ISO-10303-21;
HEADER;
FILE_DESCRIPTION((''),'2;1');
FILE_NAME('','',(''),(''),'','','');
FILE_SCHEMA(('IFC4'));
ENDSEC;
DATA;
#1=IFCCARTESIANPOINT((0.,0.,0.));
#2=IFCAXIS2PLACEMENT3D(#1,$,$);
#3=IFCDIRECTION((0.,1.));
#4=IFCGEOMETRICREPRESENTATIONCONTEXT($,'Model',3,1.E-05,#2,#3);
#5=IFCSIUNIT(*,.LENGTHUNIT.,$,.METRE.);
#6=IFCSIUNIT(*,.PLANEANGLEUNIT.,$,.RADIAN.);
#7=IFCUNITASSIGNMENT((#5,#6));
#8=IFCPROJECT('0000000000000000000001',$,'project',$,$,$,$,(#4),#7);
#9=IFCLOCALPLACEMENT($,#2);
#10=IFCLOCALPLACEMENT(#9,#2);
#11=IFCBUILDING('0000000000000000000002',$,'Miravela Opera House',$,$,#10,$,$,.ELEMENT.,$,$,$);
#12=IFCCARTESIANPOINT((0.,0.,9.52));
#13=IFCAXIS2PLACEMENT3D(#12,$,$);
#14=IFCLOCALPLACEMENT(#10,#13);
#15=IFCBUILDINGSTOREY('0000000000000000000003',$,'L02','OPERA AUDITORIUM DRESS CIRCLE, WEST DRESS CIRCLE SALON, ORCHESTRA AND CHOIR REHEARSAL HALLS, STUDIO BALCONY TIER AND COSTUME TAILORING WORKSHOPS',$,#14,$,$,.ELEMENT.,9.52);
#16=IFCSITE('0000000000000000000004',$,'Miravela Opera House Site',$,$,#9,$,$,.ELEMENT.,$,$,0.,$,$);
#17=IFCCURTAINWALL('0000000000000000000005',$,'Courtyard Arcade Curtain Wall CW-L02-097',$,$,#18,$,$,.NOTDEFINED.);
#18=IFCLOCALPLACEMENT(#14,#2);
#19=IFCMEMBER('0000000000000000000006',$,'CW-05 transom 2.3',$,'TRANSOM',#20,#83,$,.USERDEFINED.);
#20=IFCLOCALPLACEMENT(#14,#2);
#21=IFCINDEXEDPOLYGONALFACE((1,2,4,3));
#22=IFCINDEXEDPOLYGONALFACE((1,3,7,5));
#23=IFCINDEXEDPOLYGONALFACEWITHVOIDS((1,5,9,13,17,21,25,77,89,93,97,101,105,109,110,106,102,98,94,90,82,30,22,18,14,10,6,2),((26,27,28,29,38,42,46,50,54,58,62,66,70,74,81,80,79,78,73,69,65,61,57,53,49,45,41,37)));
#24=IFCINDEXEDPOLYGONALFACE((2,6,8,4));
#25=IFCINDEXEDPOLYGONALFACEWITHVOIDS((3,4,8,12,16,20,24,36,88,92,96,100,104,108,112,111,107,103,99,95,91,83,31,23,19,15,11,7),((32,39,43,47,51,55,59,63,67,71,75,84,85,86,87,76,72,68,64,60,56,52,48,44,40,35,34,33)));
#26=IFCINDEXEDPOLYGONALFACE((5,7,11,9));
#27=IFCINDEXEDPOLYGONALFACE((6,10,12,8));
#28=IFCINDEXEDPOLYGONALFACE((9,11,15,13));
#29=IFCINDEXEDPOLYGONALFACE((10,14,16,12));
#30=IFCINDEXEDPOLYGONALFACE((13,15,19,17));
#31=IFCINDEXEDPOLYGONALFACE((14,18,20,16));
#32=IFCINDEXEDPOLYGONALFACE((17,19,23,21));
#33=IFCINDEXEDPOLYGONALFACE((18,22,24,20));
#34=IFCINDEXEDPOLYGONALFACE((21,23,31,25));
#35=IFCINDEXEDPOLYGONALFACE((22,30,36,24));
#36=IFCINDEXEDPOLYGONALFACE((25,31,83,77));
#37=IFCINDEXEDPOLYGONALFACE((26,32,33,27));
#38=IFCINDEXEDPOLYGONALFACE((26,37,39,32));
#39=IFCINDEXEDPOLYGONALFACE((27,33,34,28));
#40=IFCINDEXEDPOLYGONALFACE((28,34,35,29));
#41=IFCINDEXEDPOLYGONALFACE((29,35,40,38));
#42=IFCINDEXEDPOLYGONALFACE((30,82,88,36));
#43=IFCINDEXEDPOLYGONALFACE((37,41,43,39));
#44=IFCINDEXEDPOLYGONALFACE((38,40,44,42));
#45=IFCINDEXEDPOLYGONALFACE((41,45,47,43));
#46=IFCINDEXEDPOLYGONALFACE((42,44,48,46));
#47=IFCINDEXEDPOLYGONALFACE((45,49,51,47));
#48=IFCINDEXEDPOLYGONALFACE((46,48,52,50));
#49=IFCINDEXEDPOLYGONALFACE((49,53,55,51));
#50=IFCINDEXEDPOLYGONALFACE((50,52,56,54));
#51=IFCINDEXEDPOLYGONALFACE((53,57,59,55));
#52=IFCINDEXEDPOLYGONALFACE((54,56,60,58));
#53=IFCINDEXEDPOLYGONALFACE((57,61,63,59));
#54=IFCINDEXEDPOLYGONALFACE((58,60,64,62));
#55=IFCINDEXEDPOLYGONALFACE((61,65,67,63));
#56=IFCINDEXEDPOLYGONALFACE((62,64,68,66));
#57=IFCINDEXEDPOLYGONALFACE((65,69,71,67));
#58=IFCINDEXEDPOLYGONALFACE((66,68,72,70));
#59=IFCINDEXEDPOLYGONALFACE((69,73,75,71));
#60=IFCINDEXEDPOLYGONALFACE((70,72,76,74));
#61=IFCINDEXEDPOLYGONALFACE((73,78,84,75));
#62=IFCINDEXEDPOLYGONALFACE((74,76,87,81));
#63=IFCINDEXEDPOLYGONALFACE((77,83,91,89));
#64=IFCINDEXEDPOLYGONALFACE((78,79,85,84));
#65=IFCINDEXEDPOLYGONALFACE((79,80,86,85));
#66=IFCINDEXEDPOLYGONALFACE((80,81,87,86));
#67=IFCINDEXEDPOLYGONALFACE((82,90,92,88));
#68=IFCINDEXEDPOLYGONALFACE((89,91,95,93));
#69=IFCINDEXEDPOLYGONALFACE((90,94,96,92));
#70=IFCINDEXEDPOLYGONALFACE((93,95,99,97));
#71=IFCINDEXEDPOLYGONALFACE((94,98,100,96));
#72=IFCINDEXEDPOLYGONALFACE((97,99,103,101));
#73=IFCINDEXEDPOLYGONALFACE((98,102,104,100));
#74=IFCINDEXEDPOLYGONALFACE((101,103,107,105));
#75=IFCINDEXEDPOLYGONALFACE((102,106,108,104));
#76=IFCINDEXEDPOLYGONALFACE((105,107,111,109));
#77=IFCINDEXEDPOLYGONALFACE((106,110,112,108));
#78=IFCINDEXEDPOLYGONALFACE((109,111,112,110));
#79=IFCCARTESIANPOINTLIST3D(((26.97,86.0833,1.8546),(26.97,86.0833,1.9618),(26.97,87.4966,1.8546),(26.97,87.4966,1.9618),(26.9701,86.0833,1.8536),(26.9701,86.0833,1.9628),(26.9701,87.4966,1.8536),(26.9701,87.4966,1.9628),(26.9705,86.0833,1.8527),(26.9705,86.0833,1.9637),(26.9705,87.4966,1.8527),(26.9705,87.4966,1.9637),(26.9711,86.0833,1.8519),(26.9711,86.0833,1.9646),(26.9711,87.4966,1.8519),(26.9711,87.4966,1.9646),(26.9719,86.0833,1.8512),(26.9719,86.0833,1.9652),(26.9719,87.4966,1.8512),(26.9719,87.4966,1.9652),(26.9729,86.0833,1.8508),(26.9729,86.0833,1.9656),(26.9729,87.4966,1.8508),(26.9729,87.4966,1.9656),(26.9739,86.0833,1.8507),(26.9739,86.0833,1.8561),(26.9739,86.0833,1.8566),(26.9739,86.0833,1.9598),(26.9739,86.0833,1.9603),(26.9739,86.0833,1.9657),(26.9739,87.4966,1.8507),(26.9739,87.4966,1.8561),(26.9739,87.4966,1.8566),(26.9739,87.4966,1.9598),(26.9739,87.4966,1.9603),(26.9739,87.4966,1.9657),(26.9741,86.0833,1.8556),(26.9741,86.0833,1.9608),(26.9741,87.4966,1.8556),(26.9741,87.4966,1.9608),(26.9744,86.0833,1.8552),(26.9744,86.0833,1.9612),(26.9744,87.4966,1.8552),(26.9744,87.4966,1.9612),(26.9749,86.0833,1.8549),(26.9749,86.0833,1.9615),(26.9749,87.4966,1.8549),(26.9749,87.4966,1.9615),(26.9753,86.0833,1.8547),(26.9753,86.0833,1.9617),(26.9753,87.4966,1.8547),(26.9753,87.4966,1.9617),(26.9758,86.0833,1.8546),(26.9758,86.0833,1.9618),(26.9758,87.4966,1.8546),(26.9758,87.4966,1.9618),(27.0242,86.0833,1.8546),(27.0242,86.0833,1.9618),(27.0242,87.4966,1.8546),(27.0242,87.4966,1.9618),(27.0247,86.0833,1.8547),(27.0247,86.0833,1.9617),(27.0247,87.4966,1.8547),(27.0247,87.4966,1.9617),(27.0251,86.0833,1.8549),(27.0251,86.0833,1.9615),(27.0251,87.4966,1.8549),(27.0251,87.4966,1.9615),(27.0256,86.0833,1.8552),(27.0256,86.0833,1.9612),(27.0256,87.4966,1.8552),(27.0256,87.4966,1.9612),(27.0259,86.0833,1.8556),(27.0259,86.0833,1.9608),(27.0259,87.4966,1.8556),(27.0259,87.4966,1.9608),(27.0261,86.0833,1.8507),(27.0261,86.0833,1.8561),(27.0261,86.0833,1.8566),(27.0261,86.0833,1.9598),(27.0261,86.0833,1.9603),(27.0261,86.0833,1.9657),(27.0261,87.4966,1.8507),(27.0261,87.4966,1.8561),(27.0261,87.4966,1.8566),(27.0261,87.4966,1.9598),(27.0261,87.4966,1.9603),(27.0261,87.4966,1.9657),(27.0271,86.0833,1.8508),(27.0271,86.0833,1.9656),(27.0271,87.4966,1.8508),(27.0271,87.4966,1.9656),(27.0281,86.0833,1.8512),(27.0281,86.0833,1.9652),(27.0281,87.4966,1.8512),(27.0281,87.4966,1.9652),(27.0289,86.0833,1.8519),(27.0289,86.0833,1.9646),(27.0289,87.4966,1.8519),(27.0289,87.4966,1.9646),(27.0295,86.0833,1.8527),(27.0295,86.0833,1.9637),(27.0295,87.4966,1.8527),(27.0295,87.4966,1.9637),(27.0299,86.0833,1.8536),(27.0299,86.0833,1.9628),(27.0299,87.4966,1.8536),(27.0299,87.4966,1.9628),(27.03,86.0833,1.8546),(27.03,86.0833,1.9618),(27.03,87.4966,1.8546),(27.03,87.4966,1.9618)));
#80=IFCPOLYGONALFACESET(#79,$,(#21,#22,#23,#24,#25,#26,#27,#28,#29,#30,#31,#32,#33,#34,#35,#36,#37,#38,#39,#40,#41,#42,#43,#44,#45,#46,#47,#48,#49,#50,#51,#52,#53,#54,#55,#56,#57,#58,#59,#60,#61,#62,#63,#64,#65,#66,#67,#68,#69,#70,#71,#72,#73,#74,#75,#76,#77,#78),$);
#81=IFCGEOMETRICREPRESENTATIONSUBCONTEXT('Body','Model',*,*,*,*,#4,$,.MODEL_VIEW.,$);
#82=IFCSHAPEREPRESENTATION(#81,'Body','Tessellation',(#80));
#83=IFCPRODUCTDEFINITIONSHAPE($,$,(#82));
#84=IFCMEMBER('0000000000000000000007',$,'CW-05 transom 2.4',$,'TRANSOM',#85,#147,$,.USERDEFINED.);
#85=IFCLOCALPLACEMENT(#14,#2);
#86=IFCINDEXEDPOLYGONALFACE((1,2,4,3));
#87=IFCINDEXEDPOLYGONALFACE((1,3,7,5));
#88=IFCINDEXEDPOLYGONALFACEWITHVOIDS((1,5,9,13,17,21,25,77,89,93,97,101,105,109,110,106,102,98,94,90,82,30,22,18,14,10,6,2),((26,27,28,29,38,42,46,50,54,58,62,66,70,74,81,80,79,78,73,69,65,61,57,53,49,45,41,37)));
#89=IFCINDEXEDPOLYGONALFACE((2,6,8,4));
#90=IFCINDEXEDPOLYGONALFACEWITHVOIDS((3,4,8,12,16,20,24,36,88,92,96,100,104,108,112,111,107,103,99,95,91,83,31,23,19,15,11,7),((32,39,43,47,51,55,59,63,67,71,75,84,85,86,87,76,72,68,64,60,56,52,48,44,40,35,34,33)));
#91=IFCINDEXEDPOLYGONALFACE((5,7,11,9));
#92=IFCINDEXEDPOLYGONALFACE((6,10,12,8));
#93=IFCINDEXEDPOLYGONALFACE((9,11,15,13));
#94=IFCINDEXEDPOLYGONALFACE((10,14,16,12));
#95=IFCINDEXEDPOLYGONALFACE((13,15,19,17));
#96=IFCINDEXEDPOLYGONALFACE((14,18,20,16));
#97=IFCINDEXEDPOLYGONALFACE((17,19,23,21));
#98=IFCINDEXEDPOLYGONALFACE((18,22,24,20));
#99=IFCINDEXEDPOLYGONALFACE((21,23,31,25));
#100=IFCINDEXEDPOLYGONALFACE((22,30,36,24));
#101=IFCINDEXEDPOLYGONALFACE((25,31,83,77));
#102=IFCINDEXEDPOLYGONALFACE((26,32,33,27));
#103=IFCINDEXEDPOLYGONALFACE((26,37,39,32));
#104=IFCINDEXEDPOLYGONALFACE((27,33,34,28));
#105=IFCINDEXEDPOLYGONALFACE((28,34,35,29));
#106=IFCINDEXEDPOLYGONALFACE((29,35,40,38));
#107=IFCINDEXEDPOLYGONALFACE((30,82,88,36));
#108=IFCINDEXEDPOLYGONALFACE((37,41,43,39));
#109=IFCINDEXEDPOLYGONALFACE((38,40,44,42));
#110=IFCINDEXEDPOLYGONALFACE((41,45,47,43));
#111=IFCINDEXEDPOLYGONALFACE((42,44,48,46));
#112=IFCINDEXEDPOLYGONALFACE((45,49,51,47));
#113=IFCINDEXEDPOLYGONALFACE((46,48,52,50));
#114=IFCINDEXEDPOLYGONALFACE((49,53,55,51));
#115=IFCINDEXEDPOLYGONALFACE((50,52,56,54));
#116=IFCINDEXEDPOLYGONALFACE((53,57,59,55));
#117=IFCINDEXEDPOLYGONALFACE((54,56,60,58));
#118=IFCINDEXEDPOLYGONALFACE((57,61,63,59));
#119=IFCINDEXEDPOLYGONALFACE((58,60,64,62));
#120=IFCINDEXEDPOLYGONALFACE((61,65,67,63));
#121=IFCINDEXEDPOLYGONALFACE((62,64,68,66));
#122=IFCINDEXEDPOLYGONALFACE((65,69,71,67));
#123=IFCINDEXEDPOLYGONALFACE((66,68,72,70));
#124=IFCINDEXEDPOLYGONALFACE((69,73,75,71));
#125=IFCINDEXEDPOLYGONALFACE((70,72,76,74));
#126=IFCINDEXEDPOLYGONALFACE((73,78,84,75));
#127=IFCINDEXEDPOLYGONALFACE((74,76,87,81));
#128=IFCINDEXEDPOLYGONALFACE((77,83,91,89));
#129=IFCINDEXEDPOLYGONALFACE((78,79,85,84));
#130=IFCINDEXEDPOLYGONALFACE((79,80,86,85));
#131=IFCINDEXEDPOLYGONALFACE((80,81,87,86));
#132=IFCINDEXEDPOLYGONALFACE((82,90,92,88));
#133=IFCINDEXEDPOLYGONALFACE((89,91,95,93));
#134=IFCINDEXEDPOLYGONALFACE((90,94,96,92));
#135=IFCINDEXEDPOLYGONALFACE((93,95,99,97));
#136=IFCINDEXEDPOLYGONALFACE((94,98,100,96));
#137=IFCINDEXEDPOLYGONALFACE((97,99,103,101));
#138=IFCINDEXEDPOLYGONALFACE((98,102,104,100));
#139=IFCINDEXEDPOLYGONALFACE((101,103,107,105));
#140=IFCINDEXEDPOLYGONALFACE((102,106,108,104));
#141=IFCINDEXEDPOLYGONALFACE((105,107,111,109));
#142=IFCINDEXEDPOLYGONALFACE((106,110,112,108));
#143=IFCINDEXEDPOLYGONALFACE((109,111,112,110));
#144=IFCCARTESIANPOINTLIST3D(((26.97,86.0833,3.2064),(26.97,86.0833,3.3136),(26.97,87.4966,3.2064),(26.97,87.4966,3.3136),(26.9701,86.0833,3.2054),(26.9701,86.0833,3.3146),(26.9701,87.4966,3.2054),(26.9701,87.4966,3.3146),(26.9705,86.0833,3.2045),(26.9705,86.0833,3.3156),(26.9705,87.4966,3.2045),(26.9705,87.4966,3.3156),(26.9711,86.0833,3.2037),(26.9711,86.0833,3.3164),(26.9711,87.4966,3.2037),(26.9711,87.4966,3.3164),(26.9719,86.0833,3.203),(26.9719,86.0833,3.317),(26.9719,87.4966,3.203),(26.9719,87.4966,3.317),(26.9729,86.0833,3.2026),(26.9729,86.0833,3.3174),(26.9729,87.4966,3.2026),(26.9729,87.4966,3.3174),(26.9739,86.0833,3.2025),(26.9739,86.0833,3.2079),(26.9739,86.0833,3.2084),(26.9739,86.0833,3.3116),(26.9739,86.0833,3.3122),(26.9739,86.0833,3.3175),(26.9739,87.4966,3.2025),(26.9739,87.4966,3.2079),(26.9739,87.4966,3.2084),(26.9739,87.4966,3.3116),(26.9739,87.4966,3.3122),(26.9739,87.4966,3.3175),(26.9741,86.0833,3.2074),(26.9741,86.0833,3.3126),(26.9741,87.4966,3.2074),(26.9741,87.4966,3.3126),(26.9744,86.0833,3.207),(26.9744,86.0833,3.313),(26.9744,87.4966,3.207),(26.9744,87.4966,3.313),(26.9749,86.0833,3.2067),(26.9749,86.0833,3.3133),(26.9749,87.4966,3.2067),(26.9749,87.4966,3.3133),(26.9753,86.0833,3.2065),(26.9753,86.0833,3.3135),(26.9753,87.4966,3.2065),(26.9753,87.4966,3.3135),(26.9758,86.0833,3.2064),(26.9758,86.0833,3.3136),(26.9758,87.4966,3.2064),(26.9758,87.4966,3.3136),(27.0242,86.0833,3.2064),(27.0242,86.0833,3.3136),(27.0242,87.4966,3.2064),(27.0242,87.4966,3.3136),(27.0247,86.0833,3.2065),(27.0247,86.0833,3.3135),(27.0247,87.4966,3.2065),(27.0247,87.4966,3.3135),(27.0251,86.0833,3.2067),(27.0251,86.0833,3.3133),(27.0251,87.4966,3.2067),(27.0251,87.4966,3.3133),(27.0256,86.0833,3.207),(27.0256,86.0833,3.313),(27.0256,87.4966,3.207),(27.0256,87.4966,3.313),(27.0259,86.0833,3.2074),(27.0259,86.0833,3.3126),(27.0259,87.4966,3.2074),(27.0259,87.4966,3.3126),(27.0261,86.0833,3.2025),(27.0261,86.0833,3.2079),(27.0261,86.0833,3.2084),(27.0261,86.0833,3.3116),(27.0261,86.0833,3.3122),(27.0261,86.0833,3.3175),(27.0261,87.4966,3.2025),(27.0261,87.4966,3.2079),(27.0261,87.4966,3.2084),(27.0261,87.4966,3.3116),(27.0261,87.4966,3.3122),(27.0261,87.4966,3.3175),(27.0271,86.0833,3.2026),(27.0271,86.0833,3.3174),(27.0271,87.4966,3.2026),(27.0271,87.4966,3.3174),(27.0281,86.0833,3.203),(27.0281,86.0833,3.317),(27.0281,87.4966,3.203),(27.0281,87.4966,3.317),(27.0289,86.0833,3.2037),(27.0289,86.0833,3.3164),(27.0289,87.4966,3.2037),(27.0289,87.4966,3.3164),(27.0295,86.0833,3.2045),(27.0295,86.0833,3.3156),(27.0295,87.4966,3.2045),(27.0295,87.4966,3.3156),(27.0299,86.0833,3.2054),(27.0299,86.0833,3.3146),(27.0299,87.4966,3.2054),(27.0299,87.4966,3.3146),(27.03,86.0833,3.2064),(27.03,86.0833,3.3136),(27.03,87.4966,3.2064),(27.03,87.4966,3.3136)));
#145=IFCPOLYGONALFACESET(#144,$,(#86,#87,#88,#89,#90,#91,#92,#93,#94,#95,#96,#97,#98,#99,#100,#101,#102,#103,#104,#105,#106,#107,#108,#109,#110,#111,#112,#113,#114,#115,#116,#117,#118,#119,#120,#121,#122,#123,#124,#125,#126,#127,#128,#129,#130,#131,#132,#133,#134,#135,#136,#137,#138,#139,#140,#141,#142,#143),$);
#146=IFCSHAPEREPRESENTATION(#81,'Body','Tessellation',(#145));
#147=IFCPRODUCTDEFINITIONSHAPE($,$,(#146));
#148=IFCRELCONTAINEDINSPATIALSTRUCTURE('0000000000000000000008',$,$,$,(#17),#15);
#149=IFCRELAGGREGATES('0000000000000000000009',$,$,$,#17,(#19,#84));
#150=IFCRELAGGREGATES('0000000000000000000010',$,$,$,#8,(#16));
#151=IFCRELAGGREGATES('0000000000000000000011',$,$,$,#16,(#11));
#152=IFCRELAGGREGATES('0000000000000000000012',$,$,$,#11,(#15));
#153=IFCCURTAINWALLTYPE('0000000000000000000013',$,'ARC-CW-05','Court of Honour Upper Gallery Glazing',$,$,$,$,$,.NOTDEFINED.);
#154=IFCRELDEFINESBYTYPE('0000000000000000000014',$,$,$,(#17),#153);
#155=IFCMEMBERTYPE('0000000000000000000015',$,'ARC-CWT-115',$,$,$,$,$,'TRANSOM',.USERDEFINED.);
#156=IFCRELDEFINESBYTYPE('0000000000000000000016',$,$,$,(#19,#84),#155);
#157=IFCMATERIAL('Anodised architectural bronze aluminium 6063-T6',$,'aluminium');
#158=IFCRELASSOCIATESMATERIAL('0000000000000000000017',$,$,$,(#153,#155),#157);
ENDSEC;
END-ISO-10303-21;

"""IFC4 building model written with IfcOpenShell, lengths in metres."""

from ifc_helpers import new_model, si_unit, direction, frame, origin, origin_2d, place, context, subcontext, project, spatial, hollow_rectangle, extrude, material, material_profile, profile_set, type_object, element, aggregate, save


model = new_model("IFC4")

# Units and contexts
model_context = context("Model", 3, precision=1e-05, world=origin(), true_north=direction((0.0, 1.0)))
body_context = subcontext(model_context, "Body", "Model", "MODEL_VIEW")
ifc_project = project(units=[si_unit("LENGTHUNIT", "METRE"), si_unit("PLANEANGLEUNIT", "RADIAN")], contexts=[model_context])

# Site, building, storey
site_placement = place(None, origin())
site = spatial("IfcSite", under=ifc_project, at=site_placement, Name="Miravela Opera House Site", CompositionType="ELEMENT", RefElevation=0.0)
building_placement = place(site_placement, origin())
building = spatial("IfcBuilding", under=site, at=building_placement, Name="Miravela Opera House", CompositionType="ELEMENT")
storey_placement = place(building_placement, frame((0.0, 0.0, 9.52)))
storey = spatial("IfcBuildingStorey", under=building, at=storey_placement, Name="L02", Description="OPERA AUDITORIUM DRESS CIRCLE, WEST DRESS CIRCLE SALON, ORCHESTRA AND CHOIR REHEARSAL HALLS, STUDIO BALCONY TIER AND COSTUME TAILORING WORKSHOPS", CompositionType="ELEMENT", Elevation=9.52)

# Curtain wall
ifc_material_1 = material(Name="Anodised architectural bronze aluminium 6063-T6", Category="aluminium")
curtain_wall_type = type_object("IfcCurtainWallType", Name="ARC-CW-05", Description="Court of Honour Upper Gallery Glazing", PredefinedType="NOTDEFINED", material=ifc_material_1)
curtain_wall_1_placement = place(storey_placement, origin())
curtain_wall_1 = element("IfcCurtainWall", 1, at=curtain_wall_1_placement, inside=storey, type_object=curtain_wall_type, Name="Courtyard Arcade Curtain Wall CW-L02-097", PredefinedType="NOTDEFINED")

# Members
ifc_material_profile_1 = material_profile(ifc_material_1, hollow_rectangle(XDim=0.0601, YDim=0.115, WallThickness=0.0039, InnerFilletRadius=0.002, OuterFilletRadius=0.0039, at=origin_2d()), Name="CWT-60X115")
ifc_profile_set_1 = profile_set([ifc_material_profile_1])
member_type_1 = type_object("IfcMemberType", Name="ARC-CWT-115", ElementType="TRANSOM", PredefinedType="USERDEFINED", material=ifc_profile_set_1)
member_1_placement = place(storey_placement, frame((27.0, 86.0833, 1.9082), z_axis=(0.0, 1.0, 0.0), x_axis=(-1.0, 0.0, 0.0)))
member_1 = element("IfcMember", 2, at=member_1_placement, type_object=member_type_1, Name="CW-05 transom 2.3", ObjectType="TRANSOM", PredefinedType="USERDEFINED", context=body_context, shape_type="SweptSolid", body=[
    extrude(hollow_rectangle(XDim=0.0601, YDim=0.115, WallThickness=0.0039, InnerFilletRadius=0.002, OuterFilletRadius=0.0039, at=origin_2d()), origin(), (0.0, 0.0, 1.0), 1.4133),
])
member_2_placement = place(storey_placement, frame((27.0, 86.0833, 3.26), z_axis=(0.0, 1.0, 0.0), x_axis=(-1.0, 0.0, 0.0)))
member_2 = element("IfcMember", 3, at=member_2_placement, type_object=member_type_1, Name="CW-05 transom 2.4", ObjectType="TRANSOM", PredefinedType="USERDEFINED", context=body_context, shape_type="SweptSolid", body=[
    extrude(hollow_rectangle(XDim=0.0601, YDim=0.115, WallThickness=0.0039, InnerFilletRadius=0.002, OuterFilletRadius=0.0039, at=origin_2d()), origin(), (0.0, 0.0, 1.0), 1.4133),
])

aggregate(curtain_wall_1, [member_1, member_2])

save(model, "model.ifc")
